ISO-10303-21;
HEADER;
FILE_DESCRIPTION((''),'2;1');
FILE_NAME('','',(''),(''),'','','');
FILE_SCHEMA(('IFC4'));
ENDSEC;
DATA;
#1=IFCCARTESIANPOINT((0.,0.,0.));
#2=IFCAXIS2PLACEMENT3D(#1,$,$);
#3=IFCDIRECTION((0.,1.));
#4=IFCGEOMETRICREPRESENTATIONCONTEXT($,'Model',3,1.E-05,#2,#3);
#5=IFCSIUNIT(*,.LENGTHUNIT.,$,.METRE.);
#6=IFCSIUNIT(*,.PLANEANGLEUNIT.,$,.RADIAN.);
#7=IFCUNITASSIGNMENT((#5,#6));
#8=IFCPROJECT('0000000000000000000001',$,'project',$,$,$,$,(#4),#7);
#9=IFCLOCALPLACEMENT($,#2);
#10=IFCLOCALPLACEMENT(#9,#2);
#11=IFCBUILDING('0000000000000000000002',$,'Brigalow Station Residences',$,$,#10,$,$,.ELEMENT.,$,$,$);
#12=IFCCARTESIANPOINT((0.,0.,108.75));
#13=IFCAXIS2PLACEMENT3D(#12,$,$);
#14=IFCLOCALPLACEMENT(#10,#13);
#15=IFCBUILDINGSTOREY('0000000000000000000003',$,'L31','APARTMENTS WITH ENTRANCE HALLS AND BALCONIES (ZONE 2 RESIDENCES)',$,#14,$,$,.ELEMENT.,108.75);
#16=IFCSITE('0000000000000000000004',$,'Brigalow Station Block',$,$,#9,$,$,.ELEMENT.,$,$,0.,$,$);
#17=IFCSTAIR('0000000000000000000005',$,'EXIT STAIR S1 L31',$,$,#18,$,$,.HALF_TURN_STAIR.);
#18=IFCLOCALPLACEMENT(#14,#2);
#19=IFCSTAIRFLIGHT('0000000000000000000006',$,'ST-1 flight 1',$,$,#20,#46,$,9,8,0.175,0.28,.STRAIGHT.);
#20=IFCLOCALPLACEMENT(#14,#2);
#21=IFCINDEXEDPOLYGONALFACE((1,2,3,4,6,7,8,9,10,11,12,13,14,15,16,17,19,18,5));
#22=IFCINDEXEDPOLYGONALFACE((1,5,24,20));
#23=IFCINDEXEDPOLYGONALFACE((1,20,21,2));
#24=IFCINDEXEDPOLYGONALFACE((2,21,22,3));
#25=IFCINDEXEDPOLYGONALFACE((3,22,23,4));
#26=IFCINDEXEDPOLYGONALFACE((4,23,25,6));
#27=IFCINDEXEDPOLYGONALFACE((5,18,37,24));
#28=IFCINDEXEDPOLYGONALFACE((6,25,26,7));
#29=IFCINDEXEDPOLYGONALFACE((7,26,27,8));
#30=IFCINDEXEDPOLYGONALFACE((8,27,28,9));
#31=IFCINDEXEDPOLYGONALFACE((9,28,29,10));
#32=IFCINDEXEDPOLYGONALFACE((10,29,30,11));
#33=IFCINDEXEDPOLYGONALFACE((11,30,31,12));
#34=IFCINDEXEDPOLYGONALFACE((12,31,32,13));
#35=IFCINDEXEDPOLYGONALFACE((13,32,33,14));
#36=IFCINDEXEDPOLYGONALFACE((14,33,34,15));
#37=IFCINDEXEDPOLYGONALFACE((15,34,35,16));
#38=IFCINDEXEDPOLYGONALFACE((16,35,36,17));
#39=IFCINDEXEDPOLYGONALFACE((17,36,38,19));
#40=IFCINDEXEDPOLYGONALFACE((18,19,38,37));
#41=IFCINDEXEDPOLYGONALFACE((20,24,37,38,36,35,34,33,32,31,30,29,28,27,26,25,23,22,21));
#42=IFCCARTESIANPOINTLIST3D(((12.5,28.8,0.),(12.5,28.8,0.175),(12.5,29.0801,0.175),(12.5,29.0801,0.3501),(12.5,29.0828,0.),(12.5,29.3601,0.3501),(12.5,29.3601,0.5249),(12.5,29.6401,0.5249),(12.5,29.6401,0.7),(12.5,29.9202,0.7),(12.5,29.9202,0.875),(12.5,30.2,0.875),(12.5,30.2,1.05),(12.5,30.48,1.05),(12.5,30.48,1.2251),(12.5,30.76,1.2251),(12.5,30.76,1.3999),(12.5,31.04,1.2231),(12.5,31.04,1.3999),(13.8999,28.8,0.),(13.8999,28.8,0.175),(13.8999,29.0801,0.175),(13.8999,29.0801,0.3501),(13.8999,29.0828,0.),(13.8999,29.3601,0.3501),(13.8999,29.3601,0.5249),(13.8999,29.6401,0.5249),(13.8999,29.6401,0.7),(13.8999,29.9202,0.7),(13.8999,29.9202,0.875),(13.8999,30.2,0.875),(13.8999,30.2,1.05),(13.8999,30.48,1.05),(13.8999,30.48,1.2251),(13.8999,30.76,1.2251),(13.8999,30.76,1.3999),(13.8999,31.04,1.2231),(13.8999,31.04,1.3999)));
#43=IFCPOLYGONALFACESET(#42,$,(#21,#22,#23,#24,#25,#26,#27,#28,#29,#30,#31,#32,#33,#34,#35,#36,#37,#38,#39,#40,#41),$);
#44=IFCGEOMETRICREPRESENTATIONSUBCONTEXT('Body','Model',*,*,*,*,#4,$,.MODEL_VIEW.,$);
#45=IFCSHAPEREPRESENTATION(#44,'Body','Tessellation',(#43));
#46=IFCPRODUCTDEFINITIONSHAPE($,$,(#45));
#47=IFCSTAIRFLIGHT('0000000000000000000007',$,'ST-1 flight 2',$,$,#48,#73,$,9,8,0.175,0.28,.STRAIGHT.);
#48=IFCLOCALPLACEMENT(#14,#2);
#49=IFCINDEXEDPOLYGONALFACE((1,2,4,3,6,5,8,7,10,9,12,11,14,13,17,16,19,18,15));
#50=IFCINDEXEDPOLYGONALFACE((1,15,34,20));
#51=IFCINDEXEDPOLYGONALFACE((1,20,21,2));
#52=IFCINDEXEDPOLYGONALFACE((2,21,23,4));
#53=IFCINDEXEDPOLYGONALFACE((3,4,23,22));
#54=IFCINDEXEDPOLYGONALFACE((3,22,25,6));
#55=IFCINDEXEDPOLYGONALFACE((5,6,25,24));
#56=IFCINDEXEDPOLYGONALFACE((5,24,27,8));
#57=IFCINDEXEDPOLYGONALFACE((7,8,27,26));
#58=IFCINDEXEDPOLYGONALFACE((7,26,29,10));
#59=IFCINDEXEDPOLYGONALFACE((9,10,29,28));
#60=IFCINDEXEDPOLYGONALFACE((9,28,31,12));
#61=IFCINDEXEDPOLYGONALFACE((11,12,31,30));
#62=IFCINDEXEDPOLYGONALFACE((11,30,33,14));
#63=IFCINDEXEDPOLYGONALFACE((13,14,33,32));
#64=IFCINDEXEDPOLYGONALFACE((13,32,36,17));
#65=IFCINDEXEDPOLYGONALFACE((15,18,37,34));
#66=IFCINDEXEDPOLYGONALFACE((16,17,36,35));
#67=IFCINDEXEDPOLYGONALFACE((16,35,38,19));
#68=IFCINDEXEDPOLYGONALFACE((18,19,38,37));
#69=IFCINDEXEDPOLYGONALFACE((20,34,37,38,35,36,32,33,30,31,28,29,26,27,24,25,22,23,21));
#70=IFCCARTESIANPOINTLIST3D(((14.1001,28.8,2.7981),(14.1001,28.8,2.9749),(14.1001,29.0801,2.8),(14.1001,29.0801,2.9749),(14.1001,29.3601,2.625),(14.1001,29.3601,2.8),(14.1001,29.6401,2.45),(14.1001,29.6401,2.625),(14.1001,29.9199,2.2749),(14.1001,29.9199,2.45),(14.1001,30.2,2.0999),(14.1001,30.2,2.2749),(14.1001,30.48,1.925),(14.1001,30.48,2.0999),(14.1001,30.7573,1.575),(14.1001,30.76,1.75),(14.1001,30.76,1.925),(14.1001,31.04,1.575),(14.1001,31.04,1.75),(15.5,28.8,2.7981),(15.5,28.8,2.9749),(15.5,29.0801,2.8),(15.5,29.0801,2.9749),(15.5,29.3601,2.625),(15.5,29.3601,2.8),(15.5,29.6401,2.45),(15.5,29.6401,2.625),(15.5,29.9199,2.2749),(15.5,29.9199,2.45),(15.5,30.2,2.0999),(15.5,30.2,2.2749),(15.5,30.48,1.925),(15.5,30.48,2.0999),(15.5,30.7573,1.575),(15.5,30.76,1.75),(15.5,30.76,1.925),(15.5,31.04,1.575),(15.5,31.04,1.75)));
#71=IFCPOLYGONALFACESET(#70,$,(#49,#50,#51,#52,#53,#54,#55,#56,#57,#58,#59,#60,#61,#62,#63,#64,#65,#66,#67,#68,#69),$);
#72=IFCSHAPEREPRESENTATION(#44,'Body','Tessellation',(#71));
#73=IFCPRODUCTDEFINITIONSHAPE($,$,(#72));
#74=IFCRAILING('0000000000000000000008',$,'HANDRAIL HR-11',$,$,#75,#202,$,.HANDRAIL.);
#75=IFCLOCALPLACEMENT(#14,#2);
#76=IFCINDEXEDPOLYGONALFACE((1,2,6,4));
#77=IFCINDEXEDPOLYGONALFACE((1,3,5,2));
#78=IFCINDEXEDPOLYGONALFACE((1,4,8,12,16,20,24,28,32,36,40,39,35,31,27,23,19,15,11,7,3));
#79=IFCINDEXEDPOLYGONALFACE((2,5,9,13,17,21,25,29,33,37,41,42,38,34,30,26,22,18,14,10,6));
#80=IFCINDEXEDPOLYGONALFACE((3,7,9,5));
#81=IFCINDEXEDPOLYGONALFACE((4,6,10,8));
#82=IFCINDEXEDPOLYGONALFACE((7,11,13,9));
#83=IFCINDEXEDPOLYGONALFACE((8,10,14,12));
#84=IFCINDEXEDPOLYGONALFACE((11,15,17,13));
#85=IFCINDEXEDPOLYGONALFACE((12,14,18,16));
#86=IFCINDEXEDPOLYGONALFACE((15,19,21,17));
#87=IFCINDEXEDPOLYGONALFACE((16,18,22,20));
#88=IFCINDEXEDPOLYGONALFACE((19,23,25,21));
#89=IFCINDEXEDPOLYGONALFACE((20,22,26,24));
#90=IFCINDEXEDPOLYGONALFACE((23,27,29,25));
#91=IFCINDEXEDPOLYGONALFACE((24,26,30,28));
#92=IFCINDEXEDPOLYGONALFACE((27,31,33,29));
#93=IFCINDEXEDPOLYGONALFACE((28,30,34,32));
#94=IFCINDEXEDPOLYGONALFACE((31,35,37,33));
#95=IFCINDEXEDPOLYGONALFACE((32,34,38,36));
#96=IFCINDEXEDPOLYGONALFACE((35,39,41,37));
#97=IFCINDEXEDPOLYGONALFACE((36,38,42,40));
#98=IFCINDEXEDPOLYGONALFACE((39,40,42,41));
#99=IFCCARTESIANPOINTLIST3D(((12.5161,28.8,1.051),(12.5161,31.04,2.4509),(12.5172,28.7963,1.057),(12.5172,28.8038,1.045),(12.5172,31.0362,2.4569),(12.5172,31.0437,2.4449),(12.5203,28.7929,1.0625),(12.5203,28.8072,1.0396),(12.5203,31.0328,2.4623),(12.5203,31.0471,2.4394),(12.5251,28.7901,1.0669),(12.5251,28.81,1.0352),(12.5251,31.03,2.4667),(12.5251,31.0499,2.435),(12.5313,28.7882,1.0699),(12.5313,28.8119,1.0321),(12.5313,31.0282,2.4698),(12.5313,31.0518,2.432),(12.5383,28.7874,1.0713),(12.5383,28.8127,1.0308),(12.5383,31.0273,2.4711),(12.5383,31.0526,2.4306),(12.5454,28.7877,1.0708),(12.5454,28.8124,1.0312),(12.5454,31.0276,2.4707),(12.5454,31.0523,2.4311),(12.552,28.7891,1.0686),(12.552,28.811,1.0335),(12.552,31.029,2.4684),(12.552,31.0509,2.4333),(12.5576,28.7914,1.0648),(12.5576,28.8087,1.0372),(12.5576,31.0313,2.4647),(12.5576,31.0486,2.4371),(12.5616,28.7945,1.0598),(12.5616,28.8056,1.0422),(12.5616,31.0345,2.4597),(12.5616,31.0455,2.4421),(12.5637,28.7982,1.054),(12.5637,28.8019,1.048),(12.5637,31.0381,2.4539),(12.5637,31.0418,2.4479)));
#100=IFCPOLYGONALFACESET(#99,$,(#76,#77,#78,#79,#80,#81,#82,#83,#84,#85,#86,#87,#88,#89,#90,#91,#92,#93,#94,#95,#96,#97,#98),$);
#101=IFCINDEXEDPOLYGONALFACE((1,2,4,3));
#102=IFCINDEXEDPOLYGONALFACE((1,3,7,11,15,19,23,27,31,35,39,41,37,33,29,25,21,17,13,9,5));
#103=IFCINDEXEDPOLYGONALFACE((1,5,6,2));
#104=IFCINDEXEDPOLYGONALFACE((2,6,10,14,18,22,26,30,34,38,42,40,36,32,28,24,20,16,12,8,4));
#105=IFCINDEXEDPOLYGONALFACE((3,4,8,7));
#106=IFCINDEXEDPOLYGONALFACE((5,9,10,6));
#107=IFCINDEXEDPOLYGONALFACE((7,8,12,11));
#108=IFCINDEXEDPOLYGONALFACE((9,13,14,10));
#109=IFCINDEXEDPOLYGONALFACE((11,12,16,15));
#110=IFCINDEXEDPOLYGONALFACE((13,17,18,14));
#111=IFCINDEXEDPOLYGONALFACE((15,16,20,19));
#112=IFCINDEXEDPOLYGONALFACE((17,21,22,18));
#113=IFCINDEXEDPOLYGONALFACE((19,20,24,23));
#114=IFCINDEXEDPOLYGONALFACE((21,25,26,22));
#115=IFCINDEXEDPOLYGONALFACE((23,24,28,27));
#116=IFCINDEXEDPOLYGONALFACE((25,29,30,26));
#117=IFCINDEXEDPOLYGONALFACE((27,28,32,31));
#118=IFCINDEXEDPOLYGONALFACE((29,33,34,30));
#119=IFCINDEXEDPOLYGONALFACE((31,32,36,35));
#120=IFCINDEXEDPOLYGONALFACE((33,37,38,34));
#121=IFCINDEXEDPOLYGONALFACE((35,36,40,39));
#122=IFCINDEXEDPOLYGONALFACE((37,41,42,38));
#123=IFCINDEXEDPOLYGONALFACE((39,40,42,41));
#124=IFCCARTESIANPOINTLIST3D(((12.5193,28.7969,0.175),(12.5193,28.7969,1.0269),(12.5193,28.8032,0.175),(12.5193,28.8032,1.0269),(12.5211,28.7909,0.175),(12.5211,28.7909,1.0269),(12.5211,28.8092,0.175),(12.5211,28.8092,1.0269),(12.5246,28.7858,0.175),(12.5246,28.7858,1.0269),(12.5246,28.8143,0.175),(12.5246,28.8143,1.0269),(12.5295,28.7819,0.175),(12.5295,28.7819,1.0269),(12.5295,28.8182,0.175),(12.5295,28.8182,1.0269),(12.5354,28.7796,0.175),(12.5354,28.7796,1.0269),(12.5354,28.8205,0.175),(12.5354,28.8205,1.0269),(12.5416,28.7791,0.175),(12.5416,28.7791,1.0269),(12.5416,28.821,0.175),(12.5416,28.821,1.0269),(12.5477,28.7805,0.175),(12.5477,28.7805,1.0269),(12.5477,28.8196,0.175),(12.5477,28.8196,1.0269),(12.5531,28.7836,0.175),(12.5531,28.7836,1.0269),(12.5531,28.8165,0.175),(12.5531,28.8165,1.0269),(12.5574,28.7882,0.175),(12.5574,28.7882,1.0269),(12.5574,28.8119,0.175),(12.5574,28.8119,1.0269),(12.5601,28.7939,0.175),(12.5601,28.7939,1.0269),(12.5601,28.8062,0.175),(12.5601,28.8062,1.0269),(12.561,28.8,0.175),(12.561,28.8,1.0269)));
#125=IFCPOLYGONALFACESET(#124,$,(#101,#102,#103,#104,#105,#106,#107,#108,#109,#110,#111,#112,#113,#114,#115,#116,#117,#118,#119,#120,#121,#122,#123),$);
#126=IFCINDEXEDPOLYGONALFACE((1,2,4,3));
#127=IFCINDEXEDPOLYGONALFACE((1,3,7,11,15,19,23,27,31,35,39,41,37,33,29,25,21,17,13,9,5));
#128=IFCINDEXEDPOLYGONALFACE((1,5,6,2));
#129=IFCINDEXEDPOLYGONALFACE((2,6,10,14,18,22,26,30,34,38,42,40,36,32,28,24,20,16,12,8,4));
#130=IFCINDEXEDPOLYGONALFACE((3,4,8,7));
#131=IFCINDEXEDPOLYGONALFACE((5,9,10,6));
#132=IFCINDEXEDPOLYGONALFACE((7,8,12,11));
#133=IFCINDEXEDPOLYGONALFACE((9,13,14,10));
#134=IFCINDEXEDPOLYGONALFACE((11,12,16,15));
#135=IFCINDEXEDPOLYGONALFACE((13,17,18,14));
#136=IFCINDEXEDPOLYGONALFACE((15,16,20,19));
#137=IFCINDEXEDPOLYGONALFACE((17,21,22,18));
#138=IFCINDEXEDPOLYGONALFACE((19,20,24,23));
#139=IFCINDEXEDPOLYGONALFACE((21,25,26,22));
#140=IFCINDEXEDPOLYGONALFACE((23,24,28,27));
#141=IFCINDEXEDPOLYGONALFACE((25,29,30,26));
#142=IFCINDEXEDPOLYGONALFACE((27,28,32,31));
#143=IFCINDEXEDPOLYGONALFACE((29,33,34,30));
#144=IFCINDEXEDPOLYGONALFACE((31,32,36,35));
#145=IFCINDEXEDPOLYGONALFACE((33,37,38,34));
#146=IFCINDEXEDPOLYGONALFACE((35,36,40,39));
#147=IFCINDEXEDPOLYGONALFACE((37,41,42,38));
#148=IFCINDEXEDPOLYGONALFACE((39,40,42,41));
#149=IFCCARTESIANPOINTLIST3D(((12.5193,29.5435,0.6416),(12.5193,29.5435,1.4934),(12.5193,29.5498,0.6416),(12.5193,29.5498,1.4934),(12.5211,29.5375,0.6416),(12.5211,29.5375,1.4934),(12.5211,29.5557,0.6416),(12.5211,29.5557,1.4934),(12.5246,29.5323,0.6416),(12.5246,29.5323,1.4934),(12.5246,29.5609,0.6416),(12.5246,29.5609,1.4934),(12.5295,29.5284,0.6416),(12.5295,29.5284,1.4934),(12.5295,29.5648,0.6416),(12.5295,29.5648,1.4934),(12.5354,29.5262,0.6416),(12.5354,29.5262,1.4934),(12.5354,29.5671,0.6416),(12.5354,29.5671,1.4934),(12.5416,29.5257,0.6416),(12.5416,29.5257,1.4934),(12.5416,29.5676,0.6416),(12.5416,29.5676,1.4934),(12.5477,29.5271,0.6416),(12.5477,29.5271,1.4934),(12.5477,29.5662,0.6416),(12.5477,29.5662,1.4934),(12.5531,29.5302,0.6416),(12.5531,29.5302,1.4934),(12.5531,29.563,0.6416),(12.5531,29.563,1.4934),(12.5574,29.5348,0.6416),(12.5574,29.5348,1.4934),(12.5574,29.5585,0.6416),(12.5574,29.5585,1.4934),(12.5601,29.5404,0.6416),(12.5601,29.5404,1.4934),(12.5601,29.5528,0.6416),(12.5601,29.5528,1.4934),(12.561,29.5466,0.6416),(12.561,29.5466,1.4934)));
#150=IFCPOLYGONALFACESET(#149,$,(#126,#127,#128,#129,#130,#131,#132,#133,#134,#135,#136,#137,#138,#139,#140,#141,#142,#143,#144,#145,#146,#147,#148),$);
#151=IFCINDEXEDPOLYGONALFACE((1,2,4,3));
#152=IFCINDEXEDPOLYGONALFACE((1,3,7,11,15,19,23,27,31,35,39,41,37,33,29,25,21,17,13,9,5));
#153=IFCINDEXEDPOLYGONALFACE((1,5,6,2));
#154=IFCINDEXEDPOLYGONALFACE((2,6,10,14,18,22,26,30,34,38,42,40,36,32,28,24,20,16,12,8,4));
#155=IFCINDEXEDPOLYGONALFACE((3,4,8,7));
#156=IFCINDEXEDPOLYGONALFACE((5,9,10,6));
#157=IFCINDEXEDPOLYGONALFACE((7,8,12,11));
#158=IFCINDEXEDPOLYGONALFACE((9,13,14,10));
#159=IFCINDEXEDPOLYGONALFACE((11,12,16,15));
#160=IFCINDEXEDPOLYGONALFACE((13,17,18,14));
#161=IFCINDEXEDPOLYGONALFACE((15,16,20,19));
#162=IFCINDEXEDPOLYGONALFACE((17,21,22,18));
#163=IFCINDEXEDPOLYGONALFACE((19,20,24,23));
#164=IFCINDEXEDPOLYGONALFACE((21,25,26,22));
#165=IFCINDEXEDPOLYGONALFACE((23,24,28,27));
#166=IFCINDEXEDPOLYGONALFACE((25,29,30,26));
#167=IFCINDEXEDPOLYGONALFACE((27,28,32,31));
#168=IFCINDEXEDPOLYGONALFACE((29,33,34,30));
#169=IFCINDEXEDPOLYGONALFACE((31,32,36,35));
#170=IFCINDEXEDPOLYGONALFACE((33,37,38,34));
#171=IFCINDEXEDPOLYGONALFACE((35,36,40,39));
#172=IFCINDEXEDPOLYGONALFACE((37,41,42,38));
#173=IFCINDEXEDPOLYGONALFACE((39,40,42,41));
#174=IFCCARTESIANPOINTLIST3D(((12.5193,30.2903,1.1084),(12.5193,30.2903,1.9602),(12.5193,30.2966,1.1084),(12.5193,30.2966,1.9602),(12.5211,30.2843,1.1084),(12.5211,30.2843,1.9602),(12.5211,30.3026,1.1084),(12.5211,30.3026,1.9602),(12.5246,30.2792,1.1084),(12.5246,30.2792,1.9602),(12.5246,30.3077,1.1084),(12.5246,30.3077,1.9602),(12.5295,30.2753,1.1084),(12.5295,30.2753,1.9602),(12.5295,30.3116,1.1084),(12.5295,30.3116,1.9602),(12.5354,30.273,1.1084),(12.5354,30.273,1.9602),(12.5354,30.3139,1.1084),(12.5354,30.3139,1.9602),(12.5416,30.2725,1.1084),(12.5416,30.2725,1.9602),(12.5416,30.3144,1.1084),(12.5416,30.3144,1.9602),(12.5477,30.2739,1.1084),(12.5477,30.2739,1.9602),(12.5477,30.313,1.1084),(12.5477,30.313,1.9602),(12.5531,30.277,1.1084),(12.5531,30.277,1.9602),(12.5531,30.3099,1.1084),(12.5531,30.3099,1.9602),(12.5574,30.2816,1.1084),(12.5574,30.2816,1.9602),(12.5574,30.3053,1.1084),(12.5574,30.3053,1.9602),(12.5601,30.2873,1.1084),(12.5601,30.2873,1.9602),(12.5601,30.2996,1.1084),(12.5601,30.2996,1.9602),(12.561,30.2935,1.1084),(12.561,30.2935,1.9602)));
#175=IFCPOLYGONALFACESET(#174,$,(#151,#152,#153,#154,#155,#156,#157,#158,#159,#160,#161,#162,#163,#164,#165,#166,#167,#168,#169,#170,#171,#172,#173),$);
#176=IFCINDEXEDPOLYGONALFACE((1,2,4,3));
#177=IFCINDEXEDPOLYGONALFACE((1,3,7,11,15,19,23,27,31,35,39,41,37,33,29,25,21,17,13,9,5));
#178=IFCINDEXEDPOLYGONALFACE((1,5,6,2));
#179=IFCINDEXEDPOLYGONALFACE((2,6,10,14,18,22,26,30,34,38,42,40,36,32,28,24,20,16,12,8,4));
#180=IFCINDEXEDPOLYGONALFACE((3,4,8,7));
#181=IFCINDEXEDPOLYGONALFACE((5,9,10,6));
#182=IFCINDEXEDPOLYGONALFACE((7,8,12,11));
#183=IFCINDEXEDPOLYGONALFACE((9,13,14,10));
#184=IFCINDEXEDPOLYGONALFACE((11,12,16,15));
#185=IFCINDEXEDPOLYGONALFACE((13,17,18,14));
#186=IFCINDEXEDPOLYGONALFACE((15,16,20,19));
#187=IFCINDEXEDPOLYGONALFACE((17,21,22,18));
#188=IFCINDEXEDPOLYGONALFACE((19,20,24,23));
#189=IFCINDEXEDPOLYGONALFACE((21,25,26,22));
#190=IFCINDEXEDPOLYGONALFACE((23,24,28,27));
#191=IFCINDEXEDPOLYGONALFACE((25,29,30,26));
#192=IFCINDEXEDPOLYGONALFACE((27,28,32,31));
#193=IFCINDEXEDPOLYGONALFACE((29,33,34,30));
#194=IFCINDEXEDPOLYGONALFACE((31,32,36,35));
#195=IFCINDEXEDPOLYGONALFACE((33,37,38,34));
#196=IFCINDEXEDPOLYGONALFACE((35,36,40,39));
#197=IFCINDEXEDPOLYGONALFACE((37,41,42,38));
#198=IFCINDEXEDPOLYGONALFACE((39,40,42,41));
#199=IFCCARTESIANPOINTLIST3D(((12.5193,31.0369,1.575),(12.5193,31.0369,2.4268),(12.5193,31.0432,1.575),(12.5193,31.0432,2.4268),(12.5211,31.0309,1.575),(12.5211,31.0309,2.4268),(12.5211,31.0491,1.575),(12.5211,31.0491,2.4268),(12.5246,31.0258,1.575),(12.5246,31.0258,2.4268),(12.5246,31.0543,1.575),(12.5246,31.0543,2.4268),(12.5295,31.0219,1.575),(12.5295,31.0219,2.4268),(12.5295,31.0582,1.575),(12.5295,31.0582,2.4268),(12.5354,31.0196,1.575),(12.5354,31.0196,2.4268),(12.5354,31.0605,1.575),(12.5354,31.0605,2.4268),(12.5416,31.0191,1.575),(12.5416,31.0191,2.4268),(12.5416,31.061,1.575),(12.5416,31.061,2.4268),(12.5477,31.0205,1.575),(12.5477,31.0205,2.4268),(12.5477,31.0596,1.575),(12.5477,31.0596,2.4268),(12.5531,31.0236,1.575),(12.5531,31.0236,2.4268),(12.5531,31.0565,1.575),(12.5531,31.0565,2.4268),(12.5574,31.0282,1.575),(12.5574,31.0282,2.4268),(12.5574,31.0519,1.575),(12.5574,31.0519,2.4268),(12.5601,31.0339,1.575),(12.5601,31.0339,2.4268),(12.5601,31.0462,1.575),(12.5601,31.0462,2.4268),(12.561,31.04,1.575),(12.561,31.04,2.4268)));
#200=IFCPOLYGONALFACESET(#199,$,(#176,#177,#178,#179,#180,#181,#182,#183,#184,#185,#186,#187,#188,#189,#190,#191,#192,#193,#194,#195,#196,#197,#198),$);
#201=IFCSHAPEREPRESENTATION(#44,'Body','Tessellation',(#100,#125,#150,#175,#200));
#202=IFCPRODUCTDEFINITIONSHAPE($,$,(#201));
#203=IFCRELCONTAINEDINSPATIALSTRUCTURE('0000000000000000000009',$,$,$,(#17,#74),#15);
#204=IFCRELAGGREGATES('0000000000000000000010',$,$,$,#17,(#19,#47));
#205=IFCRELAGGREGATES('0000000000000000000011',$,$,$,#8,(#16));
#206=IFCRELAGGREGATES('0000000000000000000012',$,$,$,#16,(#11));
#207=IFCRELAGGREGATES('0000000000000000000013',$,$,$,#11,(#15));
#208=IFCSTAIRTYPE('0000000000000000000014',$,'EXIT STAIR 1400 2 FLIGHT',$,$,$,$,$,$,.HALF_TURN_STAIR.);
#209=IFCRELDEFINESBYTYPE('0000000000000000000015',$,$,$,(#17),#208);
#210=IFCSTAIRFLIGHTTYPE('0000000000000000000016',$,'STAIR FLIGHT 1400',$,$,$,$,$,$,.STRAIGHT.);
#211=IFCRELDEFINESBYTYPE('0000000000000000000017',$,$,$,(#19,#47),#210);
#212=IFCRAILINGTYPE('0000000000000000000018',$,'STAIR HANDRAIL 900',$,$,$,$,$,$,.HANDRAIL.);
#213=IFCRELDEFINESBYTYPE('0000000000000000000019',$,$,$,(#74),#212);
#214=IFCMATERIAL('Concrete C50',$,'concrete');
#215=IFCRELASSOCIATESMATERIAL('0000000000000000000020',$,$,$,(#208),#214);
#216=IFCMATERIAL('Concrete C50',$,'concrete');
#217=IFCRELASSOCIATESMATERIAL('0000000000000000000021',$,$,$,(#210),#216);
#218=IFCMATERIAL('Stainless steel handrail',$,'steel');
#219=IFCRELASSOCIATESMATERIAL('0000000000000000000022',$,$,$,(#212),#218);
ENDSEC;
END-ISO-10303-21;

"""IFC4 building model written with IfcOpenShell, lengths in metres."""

from ifc_helpers import new_model, si_unit, direction, frame, origin, origin_2d, place, context, subcontext, project, spatial, polyline, circle, outline, extrude, material, type_object, element, aggregate, save


model = new_model("IFC4")

# Units and contexts
model_context = context("Model", 3, precision=1e-05, world=origin(), true_north=direction((0.0, 1.0)))
body_context = subcontext(model_context, "Body", "Model", "MODEL_VIEW")
ifc_project = project(units=[si_unit("LENGTHUNIT", "METRE"), si_unit("PLANEANGLEUNIT", "RADIAN")], contexts=[model_context])

# Site, building, storey
site_placement = place(None, origin())
site = spatial("IfcSite", under=ifc_project, at=site_placement, Name="Brigalow Station Block", CompositionType="ELEMENT", RefElevation=0.0)
building_placement = place(site_placement, origin())
building = spatial("IfcBuilding", under=site, at=building_placement, Name="Brigalow Station Residences", CompositionType="ELEMENT")
storey_placement = place(building_placement, frame((0.0, 0.0, 108.75)))
storey = spatial("IfcBuildingStorey", under=building, at=storey_placement, Name="L31", Description="APARTMENTS WITH ENTRANCE HALLS AND BALCONIES (ZONE 2 RESIDENCES)", CompositionType="ELEMENT", Elevation=108.75)

# Stair, stair flights
ifc_material_1 = material(Name="Concrete C50", Category="concrete")
stair_type = type_object("IfcStairType", Name="EXIT STAIR 1400 2 FLIGHT", PredefinedType="HALF_TURN_STAIR", material=ifc_material_1)
stair_placement = place(storey_placement, origin())
stair = element("IfcStair", 1, at=stair_placement, inside=storey, type_object=stair_type, Name="EXIT STAIR S1 L31", PredefinedType="HALF_TURN_STAIR")
ifc_material_2 = material(Name="Concrete C50", Category="concrete")
stair_flight_type = type_object("IfcStairFlightType", Name="STAIR FLIGHT 1400", PredefinedType="STRAIGHT", material=ifc_material_2)
stair_flight_1_placement = place(storey_placement, frame((13.2, 28.8, 0.0), z_axis=(0.0, 0.0, 1.0), x_axis=(0.0, 1.0, 0.0)))
stair_flight_1 = element("IfcStairFlight", 2, at=stair_flight_1_placement, type_object=stair_flight_type, Name="ST-1 flight 1", NumberOfRisers=9, NumberOfTreads=8, PredefinedType="STRAIGHT", RiserHeight=0.175, TreadLength=0.28, context=body_context, shape_type="SweptSolid", body=[
    extrude(outline(polyline([(0.0, 0.0), (0.0, 0.175), (0.28, 0.175), (0.28, 0.3501), (0.5601, 0.3501), (0.5601, 0.5249), (0.8401, 0.5249), (0.8401, 0.7), (1.1201, 0.7), (1.1201, 0.875), (1.3999, 0.875), (1.3999, 1.05), (1.6799, 1.05), (1.6799, 1.2251), (1.96, 1.2251), (1.96, 1.3999), (2.24, 1.3999), (2.24, 1.575), (2.24, 1.2231), (0.2827, 0.0), (0.0, 0.0)])), frame((0.0, 0.7, 0.0), z_axis=(0.0, -1.0, 0.0), x_axis=(1.0, 0.0, 0.0)), (0.0, 0.0, 1.0), 1.3999),
])
stair_flight_2_placement = place(storey_placement, frame((14.8, 31.04, 1.575), z_axis=(0.0, 0.0, 1.0), x_axis=(0.0, -1.0, 0.0)))
stair_flight_2 = element("IfcStairFlight", 3, at=stair_flight_2_placement, type_object=stair_flight_type, Name="ST-1 flight 2", NumberOfRisers=9, NumberOfTreads=8, PredefinedType="STRAIGHT", RiserHeight=0.175, TreadLength=0.28, context=body_context, shape_type="SweptSolid", body=[
    extrude(outline(polyline([(0.0, 0.0), (0.0, 0.175), (0.28, 0.175), (0.28, 0.3501), (0.5601, 0.3501), (0.5601, 0.5249), (0.8401, 0.5249), (0.8401, 0.7), (1.1201, 0.7), (1.1201, 0.875), (1.3999, 0.875), (1.3999, 1.05), (1.6799, 1.05), (1.6799, 1.2251), (1.96, 1.2251), (1.96, 1.3999), (2.24, 1.3999), (2.24, 1.575), (2.24, 1.2231), (0.2827, 0.0), (0.0, 0.0)])), frame((0.0, 0.7, 0.0), z_axis=(0.0, -1.0, 0.0), x_axis=(1.0, 0.0, 0.0)), (0.0, 0.0, 1.0), 1.3999),
])
aggregate(stair, [stair_flight_1, stair_flight_2])

# Railing
ifc_material_3 = material(Name="Stainless steel handrail", Category="steel")
railing_type_1 = type_object("IfcRailingType", Name="STAIR HANDRAIL 900", PredefinedType="HANDRAIL", material=ifc_material_3)
railing_1_placement = place(storey_placement, frame((12.54, 28.8, 0.175)))
element("IfcRailing", 4, at=railing_1_placement, inside=storey, type_object=railing_type_1, Name="HANDRAIL HR-11", PredefinedType="HANDRAIL", context=body_context, shape_type="SweptSolid", body=[
    extrude(circle(Radius=0.0239, at=origin_2d()), frame((0.0, 0.0, 0.876), z_axis=(0.0, 0.848014, 0.529974), x_axis=(-1.0, 0.0, 0.0)), (0.0, 0.0, 1.0), 2.6414),
    extrude(circle(Radius=0.021, at=origin_2d()), origin(), (0.0, 0.0, 1.0), 0.8518),
    extrude(circle(Radius=0.021, at=origin_2d()), frame((0.0, 0.7466, 0.4666)), (0.0, 0.0, 1.0), 0.8518),
    extrude(circle(Radius=0.021, at=origin_2d()), frame((0.0, 1.4934, 0.9333)), (0.0, 0.0, 1.0), 0.8518),
    extrude(circle(Radius=0.021, at=origin_2d()), frame((0.0, 2.24, 1.3999)), (0.0, 0.0, 1.0), 0.8518),
])

save(model, "model.ifc")
